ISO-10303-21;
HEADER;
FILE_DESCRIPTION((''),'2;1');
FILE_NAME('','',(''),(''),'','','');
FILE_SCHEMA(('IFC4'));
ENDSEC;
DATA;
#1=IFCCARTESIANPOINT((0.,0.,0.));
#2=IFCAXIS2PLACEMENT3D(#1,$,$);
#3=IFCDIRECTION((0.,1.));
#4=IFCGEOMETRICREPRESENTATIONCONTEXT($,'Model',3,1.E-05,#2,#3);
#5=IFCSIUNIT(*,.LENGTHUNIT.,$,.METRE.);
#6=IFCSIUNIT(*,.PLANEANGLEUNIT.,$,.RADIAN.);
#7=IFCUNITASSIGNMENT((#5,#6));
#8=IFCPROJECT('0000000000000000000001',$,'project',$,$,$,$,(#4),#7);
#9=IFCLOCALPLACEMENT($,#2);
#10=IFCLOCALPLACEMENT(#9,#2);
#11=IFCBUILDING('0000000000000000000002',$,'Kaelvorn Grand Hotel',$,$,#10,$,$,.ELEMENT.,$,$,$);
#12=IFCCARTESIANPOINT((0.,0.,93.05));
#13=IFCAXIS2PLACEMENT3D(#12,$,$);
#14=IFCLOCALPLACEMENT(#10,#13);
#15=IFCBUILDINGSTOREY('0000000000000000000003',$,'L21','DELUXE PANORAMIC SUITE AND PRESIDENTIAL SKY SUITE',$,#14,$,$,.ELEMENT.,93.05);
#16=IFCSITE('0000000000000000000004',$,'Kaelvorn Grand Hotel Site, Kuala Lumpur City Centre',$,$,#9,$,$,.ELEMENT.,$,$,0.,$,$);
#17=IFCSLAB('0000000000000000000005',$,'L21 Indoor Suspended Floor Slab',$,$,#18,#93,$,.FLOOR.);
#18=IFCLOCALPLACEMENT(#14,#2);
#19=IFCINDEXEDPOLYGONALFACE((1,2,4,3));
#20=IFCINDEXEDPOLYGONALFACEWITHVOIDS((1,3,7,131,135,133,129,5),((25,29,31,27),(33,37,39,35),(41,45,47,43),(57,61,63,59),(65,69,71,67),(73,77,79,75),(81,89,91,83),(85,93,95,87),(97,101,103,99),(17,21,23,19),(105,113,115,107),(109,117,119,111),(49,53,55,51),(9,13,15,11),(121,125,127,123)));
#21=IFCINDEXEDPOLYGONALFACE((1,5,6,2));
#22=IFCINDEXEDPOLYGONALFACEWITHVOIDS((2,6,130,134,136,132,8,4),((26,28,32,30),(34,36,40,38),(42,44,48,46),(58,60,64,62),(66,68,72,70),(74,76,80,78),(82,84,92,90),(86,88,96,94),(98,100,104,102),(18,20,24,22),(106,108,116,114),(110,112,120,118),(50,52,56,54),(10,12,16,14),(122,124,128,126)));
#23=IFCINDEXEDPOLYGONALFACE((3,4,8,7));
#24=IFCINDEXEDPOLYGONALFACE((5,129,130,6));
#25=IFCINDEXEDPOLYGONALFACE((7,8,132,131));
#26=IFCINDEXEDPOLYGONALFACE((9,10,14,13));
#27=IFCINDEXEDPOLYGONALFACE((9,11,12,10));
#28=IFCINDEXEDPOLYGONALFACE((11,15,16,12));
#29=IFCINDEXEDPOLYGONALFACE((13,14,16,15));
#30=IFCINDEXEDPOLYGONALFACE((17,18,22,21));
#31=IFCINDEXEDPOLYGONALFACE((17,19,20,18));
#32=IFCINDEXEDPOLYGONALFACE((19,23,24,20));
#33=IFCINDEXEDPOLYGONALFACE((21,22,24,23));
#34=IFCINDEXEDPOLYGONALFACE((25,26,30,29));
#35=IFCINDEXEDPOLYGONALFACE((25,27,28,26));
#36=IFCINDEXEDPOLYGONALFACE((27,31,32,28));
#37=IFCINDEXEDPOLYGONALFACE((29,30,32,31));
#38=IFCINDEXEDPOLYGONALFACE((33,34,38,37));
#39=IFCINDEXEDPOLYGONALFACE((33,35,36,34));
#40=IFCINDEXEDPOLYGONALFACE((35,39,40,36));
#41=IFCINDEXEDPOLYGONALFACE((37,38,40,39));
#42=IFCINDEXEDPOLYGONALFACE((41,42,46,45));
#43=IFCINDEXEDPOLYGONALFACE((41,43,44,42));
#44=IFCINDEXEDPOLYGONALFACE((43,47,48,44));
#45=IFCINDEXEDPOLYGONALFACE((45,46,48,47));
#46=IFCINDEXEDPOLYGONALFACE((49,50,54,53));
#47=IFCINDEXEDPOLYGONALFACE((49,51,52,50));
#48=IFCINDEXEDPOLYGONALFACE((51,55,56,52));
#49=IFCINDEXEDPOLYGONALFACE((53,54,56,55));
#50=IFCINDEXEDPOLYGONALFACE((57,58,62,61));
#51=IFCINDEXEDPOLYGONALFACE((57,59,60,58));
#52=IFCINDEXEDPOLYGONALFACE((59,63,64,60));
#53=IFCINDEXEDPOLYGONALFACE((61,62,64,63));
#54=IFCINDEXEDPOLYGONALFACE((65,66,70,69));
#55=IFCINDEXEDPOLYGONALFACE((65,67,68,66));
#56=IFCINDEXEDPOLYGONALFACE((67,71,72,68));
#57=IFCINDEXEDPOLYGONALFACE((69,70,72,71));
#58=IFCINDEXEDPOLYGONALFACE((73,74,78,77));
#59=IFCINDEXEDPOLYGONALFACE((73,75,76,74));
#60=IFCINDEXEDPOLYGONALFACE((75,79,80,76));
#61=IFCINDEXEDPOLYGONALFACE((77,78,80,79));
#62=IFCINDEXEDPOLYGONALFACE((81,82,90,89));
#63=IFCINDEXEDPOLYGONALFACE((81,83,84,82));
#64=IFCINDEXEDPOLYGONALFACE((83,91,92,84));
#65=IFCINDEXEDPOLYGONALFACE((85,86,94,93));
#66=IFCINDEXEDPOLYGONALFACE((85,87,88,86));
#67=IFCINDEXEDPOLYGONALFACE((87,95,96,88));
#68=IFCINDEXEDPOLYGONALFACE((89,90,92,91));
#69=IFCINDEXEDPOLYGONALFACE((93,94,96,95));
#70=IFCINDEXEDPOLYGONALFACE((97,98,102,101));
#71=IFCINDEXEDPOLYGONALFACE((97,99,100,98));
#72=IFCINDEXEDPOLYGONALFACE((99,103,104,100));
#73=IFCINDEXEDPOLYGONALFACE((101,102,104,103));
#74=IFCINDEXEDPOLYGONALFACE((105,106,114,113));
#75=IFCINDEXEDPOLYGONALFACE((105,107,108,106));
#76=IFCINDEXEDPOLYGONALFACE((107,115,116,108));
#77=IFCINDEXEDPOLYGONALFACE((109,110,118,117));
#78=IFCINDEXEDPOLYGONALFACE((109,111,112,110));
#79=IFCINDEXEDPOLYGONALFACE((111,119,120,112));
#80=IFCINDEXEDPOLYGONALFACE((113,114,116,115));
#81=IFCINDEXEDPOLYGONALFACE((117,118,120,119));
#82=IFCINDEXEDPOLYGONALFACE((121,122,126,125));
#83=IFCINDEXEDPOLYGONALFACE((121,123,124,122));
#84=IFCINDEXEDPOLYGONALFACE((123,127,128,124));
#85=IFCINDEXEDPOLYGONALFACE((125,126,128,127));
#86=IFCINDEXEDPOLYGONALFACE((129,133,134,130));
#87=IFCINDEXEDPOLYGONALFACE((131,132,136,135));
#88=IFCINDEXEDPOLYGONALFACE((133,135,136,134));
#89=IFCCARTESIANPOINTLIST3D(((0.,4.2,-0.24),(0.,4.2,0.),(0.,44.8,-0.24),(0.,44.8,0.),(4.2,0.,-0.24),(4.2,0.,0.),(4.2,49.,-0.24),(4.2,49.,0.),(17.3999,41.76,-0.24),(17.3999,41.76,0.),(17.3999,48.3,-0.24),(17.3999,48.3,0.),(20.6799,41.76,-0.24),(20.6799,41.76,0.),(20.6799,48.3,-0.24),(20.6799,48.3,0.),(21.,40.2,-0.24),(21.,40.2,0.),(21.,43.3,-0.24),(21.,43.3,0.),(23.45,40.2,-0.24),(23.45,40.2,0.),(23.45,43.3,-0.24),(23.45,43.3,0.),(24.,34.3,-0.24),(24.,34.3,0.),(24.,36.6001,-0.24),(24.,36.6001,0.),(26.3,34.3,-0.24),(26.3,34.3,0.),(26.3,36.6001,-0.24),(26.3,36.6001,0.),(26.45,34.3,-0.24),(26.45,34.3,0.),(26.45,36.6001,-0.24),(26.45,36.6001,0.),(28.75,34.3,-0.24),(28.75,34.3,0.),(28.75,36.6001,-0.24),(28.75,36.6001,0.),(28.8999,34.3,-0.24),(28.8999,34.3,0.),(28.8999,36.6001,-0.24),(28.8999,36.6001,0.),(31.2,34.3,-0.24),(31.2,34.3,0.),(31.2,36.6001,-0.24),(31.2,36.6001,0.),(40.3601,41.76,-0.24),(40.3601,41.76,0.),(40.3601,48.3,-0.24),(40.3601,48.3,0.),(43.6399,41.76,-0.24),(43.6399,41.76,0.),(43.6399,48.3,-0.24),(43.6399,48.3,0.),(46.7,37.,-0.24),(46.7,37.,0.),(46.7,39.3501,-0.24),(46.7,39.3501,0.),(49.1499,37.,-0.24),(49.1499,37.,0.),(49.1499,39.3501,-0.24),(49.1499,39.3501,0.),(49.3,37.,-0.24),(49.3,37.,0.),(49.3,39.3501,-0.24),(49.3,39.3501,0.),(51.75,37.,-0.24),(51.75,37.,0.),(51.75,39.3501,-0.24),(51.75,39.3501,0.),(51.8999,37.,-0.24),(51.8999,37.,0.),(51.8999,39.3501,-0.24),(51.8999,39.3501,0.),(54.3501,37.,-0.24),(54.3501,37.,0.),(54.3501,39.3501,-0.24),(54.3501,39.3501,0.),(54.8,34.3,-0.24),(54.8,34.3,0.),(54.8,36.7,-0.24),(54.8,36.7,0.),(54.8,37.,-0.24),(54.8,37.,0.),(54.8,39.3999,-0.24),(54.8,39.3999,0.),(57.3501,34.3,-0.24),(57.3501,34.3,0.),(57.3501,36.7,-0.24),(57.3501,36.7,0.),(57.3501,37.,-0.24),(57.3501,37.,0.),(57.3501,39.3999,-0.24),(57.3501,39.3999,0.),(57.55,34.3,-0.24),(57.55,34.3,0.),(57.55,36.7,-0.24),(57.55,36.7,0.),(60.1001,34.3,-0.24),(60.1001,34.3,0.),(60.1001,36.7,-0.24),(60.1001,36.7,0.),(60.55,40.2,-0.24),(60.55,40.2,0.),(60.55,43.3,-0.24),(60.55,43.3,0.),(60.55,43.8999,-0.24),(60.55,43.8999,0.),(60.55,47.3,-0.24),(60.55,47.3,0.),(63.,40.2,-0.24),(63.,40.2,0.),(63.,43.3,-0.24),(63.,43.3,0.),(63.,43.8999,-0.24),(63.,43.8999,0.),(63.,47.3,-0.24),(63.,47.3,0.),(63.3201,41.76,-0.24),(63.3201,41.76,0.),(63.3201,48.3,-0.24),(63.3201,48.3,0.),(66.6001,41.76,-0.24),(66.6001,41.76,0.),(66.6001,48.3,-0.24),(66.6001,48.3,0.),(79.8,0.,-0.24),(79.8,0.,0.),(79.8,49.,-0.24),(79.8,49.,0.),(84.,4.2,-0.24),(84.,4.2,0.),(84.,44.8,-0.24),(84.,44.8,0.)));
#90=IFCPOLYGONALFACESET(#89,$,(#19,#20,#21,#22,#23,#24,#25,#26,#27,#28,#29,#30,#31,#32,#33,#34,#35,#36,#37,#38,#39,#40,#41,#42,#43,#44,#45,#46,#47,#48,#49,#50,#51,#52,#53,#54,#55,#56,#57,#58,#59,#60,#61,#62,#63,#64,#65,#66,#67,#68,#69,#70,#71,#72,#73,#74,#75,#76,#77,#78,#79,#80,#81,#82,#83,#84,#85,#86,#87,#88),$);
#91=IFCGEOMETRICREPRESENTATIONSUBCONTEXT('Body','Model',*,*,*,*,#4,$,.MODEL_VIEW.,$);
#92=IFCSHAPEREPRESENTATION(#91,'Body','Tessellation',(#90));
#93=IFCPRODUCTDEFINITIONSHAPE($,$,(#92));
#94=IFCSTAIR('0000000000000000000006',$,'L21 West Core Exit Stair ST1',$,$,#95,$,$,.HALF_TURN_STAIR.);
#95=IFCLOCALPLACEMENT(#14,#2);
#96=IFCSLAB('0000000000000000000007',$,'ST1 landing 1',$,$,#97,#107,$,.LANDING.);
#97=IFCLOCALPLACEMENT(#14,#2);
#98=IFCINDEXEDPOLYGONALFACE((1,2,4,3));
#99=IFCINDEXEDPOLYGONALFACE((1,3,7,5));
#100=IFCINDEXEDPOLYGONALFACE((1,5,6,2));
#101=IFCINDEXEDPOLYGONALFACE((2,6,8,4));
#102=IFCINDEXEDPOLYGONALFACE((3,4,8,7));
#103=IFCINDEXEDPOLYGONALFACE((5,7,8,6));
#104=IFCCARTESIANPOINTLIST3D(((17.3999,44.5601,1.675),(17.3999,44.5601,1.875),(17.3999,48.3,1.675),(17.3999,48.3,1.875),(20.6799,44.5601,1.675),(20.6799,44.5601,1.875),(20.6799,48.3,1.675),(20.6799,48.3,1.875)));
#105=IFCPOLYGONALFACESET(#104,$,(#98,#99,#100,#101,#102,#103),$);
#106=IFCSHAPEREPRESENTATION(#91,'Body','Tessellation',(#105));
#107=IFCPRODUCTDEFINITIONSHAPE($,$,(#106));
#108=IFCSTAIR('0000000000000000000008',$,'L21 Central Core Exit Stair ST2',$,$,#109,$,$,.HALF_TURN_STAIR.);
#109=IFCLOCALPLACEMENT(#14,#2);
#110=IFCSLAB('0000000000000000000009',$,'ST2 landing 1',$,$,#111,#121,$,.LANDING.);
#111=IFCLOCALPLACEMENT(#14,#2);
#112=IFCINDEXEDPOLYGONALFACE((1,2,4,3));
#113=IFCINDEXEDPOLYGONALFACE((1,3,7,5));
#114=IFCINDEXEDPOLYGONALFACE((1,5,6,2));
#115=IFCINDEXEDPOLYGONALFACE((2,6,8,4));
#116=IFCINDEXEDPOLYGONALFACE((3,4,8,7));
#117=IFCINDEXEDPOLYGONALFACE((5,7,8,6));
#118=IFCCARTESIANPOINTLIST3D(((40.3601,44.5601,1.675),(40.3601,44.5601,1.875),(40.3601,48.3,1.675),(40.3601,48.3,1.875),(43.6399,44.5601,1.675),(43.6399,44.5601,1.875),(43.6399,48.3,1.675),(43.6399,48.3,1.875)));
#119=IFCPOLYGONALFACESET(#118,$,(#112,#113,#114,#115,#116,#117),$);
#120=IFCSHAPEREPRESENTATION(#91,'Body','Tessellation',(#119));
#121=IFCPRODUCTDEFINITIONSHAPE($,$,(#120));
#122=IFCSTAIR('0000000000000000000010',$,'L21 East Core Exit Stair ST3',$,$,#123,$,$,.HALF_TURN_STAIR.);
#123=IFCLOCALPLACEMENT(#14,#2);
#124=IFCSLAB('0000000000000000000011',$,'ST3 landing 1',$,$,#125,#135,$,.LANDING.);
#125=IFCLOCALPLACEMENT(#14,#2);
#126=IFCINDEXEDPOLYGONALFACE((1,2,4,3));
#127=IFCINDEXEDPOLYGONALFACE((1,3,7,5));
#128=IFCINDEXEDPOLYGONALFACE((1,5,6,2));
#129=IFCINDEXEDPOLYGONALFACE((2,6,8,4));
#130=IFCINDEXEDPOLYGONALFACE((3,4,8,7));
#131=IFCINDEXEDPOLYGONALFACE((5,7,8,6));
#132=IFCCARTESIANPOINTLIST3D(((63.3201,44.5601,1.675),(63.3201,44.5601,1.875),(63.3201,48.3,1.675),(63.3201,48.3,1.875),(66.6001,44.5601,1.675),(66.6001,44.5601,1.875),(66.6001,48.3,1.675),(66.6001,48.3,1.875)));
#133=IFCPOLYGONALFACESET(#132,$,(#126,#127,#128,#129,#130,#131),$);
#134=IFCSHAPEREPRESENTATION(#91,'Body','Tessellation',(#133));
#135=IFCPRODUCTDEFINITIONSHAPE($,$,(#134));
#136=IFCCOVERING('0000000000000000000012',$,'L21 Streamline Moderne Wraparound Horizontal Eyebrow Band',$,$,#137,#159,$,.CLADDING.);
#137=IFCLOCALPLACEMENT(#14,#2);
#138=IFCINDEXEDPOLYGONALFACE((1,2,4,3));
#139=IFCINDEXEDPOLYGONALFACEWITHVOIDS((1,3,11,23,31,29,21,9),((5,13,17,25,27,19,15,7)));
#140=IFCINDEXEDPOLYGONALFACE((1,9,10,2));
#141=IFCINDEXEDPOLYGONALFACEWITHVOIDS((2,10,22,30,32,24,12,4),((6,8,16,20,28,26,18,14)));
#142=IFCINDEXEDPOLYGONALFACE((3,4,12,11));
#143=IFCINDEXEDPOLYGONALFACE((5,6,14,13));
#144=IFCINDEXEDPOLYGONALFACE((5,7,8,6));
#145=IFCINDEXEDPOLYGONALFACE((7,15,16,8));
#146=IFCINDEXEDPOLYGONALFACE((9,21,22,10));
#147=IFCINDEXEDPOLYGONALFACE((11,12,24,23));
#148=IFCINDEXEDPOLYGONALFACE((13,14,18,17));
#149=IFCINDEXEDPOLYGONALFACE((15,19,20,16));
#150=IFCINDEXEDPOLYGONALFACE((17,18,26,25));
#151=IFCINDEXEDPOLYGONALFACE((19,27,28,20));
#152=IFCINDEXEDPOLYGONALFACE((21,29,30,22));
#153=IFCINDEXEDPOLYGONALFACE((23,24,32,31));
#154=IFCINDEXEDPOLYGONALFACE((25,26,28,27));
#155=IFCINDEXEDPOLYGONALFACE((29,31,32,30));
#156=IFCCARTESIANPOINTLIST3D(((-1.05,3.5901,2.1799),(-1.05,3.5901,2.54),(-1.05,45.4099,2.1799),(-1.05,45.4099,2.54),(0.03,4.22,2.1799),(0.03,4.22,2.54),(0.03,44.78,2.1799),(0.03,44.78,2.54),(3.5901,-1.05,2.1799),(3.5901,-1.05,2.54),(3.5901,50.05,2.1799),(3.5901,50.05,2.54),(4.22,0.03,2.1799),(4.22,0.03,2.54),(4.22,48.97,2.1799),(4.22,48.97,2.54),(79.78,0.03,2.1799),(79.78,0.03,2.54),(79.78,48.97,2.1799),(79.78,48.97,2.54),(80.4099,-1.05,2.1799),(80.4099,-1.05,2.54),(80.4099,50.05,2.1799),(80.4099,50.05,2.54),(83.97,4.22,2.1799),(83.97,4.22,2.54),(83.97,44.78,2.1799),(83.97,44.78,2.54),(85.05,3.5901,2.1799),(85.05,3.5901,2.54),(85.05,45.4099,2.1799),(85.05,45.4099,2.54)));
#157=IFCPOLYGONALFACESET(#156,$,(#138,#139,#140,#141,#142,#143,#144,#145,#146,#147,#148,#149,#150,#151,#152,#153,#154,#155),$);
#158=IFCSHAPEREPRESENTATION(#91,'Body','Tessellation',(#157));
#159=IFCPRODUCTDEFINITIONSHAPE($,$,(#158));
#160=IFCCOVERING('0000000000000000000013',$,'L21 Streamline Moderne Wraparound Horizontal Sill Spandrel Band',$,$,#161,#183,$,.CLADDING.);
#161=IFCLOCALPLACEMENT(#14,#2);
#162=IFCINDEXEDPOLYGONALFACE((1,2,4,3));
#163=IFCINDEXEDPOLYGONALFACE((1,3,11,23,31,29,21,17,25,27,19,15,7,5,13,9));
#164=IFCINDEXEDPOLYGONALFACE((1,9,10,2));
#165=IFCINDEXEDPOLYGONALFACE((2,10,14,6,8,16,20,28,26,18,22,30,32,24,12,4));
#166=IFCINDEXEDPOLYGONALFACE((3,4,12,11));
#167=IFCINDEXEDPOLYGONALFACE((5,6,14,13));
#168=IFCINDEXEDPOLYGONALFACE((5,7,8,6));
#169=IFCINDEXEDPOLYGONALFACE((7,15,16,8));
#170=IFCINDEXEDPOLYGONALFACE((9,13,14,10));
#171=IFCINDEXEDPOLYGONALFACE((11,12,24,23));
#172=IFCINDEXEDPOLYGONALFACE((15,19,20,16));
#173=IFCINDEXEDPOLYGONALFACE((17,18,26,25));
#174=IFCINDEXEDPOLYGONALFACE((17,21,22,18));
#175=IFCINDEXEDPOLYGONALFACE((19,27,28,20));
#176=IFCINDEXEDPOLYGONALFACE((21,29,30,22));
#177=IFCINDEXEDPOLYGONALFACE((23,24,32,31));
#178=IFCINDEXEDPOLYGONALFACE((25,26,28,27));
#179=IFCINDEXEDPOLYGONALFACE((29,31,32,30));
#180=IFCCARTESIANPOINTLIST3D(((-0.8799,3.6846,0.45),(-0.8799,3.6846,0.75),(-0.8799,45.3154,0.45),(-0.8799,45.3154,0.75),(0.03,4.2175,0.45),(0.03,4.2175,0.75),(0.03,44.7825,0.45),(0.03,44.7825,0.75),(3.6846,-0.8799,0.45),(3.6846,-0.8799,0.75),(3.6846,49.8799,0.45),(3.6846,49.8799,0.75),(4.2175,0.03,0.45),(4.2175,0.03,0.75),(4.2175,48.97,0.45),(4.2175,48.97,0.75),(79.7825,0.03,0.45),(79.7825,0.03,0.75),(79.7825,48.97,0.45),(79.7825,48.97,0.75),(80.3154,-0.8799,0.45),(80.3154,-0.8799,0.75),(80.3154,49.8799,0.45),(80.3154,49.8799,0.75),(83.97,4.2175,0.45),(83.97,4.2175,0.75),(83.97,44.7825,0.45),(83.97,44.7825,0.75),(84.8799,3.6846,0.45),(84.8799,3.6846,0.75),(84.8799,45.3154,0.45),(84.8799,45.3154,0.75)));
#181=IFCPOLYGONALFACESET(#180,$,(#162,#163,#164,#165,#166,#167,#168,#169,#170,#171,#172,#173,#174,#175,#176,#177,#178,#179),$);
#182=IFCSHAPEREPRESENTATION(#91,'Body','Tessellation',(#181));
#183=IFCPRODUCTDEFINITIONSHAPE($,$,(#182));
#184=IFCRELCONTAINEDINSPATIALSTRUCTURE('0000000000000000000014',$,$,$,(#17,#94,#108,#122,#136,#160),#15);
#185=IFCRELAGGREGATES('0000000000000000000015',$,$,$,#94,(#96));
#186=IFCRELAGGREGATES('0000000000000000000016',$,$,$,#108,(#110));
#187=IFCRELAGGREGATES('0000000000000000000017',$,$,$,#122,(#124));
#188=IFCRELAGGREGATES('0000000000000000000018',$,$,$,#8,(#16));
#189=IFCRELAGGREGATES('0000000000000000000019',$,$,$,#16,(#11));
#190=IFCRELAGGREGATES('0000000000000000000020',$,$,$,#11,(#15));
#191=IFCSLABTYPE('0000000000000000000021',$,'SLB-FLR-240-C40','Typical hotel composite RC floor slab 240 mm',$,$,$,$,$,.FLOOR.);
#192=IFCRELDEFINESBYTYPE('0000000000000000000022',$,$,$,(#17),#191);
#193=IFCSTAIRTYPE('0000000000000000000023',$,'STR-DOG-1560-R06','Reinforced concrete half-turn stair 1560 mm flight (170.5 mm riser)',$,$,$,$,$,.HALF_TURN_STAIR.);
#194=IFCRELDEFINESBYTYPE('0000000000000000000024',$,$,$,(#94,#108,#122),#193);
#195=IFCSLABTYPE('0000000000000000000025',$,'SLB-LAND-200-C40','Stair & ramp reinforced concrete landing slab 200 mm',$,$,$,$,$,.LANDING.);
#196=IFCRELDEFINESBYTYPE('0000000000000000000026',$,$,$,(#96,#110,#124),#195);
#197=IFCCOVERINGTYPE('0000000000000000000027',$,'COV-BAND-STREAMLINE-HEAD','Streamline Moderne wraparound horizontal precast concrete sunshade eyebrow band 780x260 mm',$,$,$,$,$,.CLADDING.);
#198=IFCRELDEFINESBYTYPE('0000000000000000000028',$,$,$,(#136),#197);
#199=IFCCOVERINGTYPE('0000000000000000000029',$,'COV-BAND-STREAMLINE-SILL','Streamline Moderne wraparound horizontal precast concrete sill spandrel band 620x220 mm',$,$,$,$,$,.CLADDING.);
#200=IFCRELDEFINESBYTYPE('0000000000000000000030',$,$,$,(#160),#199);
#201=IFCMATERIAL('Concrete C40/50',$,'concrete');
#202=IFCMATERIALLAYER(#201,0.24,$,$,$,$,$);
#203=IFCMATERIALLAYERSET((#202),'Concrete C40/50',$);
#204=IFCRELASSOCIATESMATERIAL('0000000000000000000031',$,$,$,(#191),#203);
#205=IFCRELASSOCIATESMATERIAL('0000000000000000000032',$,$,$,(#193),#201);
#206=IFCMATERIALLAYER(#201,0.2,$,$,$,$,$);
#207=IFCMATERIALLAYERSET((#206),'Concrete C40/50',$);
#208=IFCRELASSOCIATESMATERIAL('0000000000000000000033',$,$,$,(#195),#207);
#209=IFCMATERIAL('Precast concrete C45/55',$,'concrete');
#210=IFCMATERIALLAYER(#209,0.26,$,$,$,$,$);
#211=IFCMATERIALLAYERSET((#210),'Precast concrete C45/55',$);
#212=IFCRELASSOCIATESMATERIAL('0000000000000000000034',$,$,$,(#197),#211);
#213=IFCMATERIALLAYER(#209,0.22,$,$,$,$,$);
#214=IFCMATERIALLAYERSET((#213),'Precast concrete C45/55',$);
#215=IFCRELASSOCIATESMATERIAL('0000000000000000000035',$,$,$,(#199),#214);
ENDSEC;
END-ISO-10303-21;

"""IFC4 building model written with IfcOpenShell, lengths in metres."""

from ifc_helpers import new_model, si_unit, direction, frame, origin, place, context, subcontext, project, spatial, polyline, outline, extrude, material, layer, layer_set, type_object, element, aggregate, save


model = new_model("IFC4")

# Units and contexts
model_context = context("Model", 3, precision=1e-05, world=origin(), true_north=direction((0.0, 1.0)))
body_context = subcontext(model_context, "Body", "Model", "MODEL_VIEW")
ifc_project = project(units=[si_unit("LENGTHUNIT", "METRE"), si_unit("PLANEANGLEUNIT", "RADIAN")], contexts=[model_context])

# Site, building, storey
site_placement = place(None, origin())
site = spatial("IfcSite", under=ifc_project, at=site_placement, Name="Kaelvorn Grand Hotel Site, Kuala Lumpur City Centre", CompositionType="ELEMENT", RefElevation=0.0)
building_placement = place(site_placement, origin())
building = spatial("IfcBuilding", under=site, at=building_placement, Name="Kaelvorn Grand Hotel", CompositionType="ELEMENT")
storey_placement = place(building_placement, frame((0.0, 0.0, 93.05)))
storey = spatial("IfcBuildingStorey", under=building, at=storey_placement, Name="L21", Description="DELUXE PANORAMIC SUITE AND PRESIDENTIAL SKY SUITE", CompositionType="ELEMENT", Elevation=93.05)

# Slab
ifc_material_1 = material(Name="Concrete C40/50", Category="concrete")
ifc_layer_1 = layer(ifc_material_1, 0.24)
ifc_layer_set_1 = layer_set([ifc_layer_1], Name="Concrete C40/50")
slab_type_1 = type_object("IfcSlabType", Name="SLB-FLR-240-C40", Description="Typical hotel composite RC floor slab 240 mm", PredefinedType="FLOOR", material=ifc_layer_set_1)
slab_1_placement = place(storey_placement, frame((0.0, 0.0, -0.24)))
element("IfcSlab", 1, at=slab_1_placement, inside=storey, type_object=slab_type_1, Name="L21 Indoor Suspended Floor Slab", PredefinedType="FLOOR", context=body_context, shape_type="SweptSolid", body=[
    extrude(outline(polyline([(4.2, 0.0), (79.8, 0.0), (84.0, 4.2), (84.0, 44.8), (79.8, 49.0), (4.2, 49.0), (0.0, 44.8), (0.0, 4.2), (4.2, 0.0)]), holes=[polyline([(17.3999, 41.76), (17.3999, 48.3), (20.6799, 48.3), (20.6799, 41.76), (17.3999, 41.76)]), polyline([(40.3601, 41.76), (40.3601, 48.3), (43.6399, 48.3), (43.6399, 41.76), (40.3601, 41.76)]), polyline([(63.3201, 41.76), (63.3201, 48.3), (66.6001, 48.3), (66.6001, 41.76), (63.3201, 41.76)]), polyline([(24.0, 34.3), (24.0, 36.6001), (26.3, 36.6001), (26.3, 34.3), (24.0, 34.3)]), polyline([(26.45, 34.3), (26.45, 36.6001), (28.75, 36.6001), (28.75, 34.3), (26.45, 34.3)]), polyline([(28.8999, 34.3), (28.8999, 36.6001), (31.2, 36.6001), (31.2, 34.3), (28.8999, 34.3)]), polyline([(46.7, 37.0), (46.7, 39.3501), (49.1499, 39.3501), (49.1499, 37.0), (46.7, 37.0)]), polyline([(49.3, 37.0), (49.3, 39.3501), (51.75, 39.3501), (51.75, 37.0), (49.3, 37.0)]), polyline([(51.8999, 37.0), (51.8999, 39.3501), (54.3501, 39.3501), (54.3501, 37.0), (51.8999, 37.0)]), polyline([(54.8, 34.3), (54.8, 36.7), (57.3501, 36.7), (57.3501, 34.3), (54.8, 34.3)]), polyline([(57.55, 34.3), (57.55, 36.7), (60.1001, 36.7), (60.1001, 34.3), (57.55, 34.3)]), polyline([(54.8, 37.0), (54.8, 39.3999), (57.3501, 39.3999), (57.3501, 37.0), (54.8, 37.0)]), polyline([(21.0, 40.2), (21.0, 43.3), (23.45, 43.3), (23.45, 40.2), (21.0, 40.2)]), polyline([(60.55, 40.2), (60.55, 43.3), (63.0, 43.3), (63.0, 40.2), (60.55, 40.2)]), polyline([(60.55, 43.8999), (60.55, 47.3), (63.0, 47.3), (63.0, 43.8999), (60.55, 43.8999)])]), origin(), (0.0, 0.0, 1.0), 0.24),
])

# Stairs, slabs
stair_type = type_object("IfcStairType", Name="STR-DOG-1560-R06", Description="Reinforced concrete half-turn stair 1560 mm flight (170.5 mm riser)", PredefinedType="HALF_TURN_STAIR", material=ifc_material_1)
stair_1_placement = place(storey_placement, origin())
stair_1 = element("IfcStair", 2, at=stair_1_placement, inside=storey, type_object=stair_type, Name="L21 West Core Exit Stair ST1", PredefinedType="HALF_TURN_STAIR")
ifc_layer_2 = layer(ifc_material_1, 0.2)
ifc_layer_set_2 = layer_set([ifc_layer_2], Name="Concrete C40/50")
slab_type_2 = type_object("IfcSlabType", Name="SLB-LAND-200-C40", Description="Stair & ramp reinforced concrete landing slab 200 mm", PredefinedType="LANDING", material=ifc_layer_set_2)
slab_2_placement = place(storey_placement, frame((0.0, 0.0, 1.675)))
slab_2 = element("IfcSlab", 3, at=slab_2_placement, type_object=slab_type_2, Name="ST1 landing 1", PredefinedType="LANDING", context=body_context, shape_type="SweptSolid", body=[
    extrude(outline(polyline([(20.6799, 44.5601), (20.6799, 48.3), (17.3999, 48.3), (17.3999, 44.5601), (20.6799, 44.5601)])), origin(), (0.0, 0.0, 1.0), 0.2),
])
aggregate(stair_1, [slab_2])
stair_2_placement = place(storey_placement, origin())
stair_2 = element("IfcStair", 4, at=stair_2_placement, inside=storey, type_object=stair_type, Name="L21 Central Core Exit Stair ST2", PredefinedType="HALF_TURN_STAIR")
slab_3_placement = place(storey_placement, frame((0.0, 0.0, 1.675)))
slab_3 = element("IfcSlab", 5, at=slab_3_placement, type_object=slab_type_2, Name="ST2 landing 1", PredefinedType="LANDING", context=body_context, shape_type="SweptSolid", body=[
    extrude(outline(polyline([(43.6399, 44.5601), (43.6399, 48.3), (40.3601, 48.3), (40.3601, 44.5601), (43.6399, 44.5601)])), origin(), (0.0, 0.0, 1.0), 0.2),
])
aggregate(stair_2, [slab_3])
stair_3_placement = place(storey_placement, origin())
stair_3 = element("IfcStair", 6, at=stair_3_placement, inside=storey, type_object=stair_type, Name="L21 East Core Exit Stair ST3", PredefinedType="HALF_TURN_STAIR")
slab_4_placement = place(storey_placement, frame((0.0, 0.0, 1.675)))
slab_4 = element("IfcSlab", 7, at=slab_4_placement, type_object=slab_type_2, Name="ST3 landing 1", PredefinedType="LANDING", context=body_context, shape_type="SweptSolid", body=[
    extrude(outline(polyline([(66.6001, 44.5601), (66.6001, 48.3), (63.3201, 48.3), (63.3201, 44.5601), (66.6001, 44.5601)])), origin(), (0.0, 0.0, 1.0), 0.2),
])
aggregate(stair_3, [slab_4])

# Coverings
ifc_material_2 = material(Name="Precast concrete C45/55", Category="concrete")
ifc_layer_3 = layer(ifc_material_2, 0.26)
ifc_layer_set_3 = layer_set([ifc_layer_3], Name="Precast concrete C45/55")
covering_type_1 = type_object("IfcCoveringType", Name="COV-BAND-STREAMLINE-HEAD", Description="Streamline Moderne wraparound horizontal precast concrete sunshade eyebrow band 780x260 mm", PredefinedType="CLADDING", material=ifc_layer_set_3)
covering_1_placement = place(storey_placement, frame((0.0, 0.0, 2.1799)))
element("IfcCovering", 8, at=covering_1_placement, inside=storey, type_object=covering_type_1, Name="L21 Streamline Moderne Wraparound Horizontal Eyebrow Band", PredefinedType="CLADDING", context=body_context, shape_type="SweptSolid", body=[
    extrude(outline(polyline([(3.5901, -1.05), (80.4099, -1.05), (85.05, 3.5901), (85.05, 45.4099), (80.4099, 50.05), (3.5901, 50.05), (-1.05, 45.4099), (-1.05, 3.5901), (3.5901, -1.05)]), holes=[polyline([(4.22, 0.03), (79.78, 0.03), (83.97, 4.22), (83.97, 44.78), (79.78, 48.97), (4.22, 48.97), (0.03, 44.78), (0.03, 4.22), (4.22, 0.03)])]), origin(), (0.0, 0.0, 1.0), 0.3601),
])
ifc_layer_4 = layer(ifc_material_2, 0.22)
ifc_layer_set_4 = layer_set([ifc_layer_4], Name="Precast concrete C45/55")
covering_type_2 = type_object("IfcCoveringType", Name="COV-BAND-STREAMLINE-SILL", Description="Streamline Moderne wraparound horizontal precast concrete sill spandrel band 620x220 mm", PredefinedType="CLADDING", material=ifc_layer_set_4)
covering_2_placement = place(storey_placement, frame((0.0, 0.0, 0.45)))
element("IfcCovering", 9, at=covering_2_placement, inside=storey, type_object=covering_type_2, Name="L21 Streamline Moderne Wraparound Horizontal Sill Spandrel Band", PredefinedType="CLADDING", context=body_context, shape_type="SweptSolid", body=[
    extrude(outline(polyline([(80.3154, -0.8799), (84.8799, 3.6846), (84.8799, 45.3154), (80.3154, 49.8799), (3.6846, 49.8799), (-0.8799, 45.3154), (-0.8799, 3.6846), (3.6846, -0.8799), (4.2175, 0.03), (0.03, 4.2175), (0.03, 44.7825), (4.2175, 48.97), (79.7825, 48.97), (83.97, 44.7825), (83.97, 4.2175), (79.7825, 0.03), (80.3154, -0.8799)])), origin(), (0.0, 0.0, 1.0), 0.3),
])

save(model, "model.ifc")
